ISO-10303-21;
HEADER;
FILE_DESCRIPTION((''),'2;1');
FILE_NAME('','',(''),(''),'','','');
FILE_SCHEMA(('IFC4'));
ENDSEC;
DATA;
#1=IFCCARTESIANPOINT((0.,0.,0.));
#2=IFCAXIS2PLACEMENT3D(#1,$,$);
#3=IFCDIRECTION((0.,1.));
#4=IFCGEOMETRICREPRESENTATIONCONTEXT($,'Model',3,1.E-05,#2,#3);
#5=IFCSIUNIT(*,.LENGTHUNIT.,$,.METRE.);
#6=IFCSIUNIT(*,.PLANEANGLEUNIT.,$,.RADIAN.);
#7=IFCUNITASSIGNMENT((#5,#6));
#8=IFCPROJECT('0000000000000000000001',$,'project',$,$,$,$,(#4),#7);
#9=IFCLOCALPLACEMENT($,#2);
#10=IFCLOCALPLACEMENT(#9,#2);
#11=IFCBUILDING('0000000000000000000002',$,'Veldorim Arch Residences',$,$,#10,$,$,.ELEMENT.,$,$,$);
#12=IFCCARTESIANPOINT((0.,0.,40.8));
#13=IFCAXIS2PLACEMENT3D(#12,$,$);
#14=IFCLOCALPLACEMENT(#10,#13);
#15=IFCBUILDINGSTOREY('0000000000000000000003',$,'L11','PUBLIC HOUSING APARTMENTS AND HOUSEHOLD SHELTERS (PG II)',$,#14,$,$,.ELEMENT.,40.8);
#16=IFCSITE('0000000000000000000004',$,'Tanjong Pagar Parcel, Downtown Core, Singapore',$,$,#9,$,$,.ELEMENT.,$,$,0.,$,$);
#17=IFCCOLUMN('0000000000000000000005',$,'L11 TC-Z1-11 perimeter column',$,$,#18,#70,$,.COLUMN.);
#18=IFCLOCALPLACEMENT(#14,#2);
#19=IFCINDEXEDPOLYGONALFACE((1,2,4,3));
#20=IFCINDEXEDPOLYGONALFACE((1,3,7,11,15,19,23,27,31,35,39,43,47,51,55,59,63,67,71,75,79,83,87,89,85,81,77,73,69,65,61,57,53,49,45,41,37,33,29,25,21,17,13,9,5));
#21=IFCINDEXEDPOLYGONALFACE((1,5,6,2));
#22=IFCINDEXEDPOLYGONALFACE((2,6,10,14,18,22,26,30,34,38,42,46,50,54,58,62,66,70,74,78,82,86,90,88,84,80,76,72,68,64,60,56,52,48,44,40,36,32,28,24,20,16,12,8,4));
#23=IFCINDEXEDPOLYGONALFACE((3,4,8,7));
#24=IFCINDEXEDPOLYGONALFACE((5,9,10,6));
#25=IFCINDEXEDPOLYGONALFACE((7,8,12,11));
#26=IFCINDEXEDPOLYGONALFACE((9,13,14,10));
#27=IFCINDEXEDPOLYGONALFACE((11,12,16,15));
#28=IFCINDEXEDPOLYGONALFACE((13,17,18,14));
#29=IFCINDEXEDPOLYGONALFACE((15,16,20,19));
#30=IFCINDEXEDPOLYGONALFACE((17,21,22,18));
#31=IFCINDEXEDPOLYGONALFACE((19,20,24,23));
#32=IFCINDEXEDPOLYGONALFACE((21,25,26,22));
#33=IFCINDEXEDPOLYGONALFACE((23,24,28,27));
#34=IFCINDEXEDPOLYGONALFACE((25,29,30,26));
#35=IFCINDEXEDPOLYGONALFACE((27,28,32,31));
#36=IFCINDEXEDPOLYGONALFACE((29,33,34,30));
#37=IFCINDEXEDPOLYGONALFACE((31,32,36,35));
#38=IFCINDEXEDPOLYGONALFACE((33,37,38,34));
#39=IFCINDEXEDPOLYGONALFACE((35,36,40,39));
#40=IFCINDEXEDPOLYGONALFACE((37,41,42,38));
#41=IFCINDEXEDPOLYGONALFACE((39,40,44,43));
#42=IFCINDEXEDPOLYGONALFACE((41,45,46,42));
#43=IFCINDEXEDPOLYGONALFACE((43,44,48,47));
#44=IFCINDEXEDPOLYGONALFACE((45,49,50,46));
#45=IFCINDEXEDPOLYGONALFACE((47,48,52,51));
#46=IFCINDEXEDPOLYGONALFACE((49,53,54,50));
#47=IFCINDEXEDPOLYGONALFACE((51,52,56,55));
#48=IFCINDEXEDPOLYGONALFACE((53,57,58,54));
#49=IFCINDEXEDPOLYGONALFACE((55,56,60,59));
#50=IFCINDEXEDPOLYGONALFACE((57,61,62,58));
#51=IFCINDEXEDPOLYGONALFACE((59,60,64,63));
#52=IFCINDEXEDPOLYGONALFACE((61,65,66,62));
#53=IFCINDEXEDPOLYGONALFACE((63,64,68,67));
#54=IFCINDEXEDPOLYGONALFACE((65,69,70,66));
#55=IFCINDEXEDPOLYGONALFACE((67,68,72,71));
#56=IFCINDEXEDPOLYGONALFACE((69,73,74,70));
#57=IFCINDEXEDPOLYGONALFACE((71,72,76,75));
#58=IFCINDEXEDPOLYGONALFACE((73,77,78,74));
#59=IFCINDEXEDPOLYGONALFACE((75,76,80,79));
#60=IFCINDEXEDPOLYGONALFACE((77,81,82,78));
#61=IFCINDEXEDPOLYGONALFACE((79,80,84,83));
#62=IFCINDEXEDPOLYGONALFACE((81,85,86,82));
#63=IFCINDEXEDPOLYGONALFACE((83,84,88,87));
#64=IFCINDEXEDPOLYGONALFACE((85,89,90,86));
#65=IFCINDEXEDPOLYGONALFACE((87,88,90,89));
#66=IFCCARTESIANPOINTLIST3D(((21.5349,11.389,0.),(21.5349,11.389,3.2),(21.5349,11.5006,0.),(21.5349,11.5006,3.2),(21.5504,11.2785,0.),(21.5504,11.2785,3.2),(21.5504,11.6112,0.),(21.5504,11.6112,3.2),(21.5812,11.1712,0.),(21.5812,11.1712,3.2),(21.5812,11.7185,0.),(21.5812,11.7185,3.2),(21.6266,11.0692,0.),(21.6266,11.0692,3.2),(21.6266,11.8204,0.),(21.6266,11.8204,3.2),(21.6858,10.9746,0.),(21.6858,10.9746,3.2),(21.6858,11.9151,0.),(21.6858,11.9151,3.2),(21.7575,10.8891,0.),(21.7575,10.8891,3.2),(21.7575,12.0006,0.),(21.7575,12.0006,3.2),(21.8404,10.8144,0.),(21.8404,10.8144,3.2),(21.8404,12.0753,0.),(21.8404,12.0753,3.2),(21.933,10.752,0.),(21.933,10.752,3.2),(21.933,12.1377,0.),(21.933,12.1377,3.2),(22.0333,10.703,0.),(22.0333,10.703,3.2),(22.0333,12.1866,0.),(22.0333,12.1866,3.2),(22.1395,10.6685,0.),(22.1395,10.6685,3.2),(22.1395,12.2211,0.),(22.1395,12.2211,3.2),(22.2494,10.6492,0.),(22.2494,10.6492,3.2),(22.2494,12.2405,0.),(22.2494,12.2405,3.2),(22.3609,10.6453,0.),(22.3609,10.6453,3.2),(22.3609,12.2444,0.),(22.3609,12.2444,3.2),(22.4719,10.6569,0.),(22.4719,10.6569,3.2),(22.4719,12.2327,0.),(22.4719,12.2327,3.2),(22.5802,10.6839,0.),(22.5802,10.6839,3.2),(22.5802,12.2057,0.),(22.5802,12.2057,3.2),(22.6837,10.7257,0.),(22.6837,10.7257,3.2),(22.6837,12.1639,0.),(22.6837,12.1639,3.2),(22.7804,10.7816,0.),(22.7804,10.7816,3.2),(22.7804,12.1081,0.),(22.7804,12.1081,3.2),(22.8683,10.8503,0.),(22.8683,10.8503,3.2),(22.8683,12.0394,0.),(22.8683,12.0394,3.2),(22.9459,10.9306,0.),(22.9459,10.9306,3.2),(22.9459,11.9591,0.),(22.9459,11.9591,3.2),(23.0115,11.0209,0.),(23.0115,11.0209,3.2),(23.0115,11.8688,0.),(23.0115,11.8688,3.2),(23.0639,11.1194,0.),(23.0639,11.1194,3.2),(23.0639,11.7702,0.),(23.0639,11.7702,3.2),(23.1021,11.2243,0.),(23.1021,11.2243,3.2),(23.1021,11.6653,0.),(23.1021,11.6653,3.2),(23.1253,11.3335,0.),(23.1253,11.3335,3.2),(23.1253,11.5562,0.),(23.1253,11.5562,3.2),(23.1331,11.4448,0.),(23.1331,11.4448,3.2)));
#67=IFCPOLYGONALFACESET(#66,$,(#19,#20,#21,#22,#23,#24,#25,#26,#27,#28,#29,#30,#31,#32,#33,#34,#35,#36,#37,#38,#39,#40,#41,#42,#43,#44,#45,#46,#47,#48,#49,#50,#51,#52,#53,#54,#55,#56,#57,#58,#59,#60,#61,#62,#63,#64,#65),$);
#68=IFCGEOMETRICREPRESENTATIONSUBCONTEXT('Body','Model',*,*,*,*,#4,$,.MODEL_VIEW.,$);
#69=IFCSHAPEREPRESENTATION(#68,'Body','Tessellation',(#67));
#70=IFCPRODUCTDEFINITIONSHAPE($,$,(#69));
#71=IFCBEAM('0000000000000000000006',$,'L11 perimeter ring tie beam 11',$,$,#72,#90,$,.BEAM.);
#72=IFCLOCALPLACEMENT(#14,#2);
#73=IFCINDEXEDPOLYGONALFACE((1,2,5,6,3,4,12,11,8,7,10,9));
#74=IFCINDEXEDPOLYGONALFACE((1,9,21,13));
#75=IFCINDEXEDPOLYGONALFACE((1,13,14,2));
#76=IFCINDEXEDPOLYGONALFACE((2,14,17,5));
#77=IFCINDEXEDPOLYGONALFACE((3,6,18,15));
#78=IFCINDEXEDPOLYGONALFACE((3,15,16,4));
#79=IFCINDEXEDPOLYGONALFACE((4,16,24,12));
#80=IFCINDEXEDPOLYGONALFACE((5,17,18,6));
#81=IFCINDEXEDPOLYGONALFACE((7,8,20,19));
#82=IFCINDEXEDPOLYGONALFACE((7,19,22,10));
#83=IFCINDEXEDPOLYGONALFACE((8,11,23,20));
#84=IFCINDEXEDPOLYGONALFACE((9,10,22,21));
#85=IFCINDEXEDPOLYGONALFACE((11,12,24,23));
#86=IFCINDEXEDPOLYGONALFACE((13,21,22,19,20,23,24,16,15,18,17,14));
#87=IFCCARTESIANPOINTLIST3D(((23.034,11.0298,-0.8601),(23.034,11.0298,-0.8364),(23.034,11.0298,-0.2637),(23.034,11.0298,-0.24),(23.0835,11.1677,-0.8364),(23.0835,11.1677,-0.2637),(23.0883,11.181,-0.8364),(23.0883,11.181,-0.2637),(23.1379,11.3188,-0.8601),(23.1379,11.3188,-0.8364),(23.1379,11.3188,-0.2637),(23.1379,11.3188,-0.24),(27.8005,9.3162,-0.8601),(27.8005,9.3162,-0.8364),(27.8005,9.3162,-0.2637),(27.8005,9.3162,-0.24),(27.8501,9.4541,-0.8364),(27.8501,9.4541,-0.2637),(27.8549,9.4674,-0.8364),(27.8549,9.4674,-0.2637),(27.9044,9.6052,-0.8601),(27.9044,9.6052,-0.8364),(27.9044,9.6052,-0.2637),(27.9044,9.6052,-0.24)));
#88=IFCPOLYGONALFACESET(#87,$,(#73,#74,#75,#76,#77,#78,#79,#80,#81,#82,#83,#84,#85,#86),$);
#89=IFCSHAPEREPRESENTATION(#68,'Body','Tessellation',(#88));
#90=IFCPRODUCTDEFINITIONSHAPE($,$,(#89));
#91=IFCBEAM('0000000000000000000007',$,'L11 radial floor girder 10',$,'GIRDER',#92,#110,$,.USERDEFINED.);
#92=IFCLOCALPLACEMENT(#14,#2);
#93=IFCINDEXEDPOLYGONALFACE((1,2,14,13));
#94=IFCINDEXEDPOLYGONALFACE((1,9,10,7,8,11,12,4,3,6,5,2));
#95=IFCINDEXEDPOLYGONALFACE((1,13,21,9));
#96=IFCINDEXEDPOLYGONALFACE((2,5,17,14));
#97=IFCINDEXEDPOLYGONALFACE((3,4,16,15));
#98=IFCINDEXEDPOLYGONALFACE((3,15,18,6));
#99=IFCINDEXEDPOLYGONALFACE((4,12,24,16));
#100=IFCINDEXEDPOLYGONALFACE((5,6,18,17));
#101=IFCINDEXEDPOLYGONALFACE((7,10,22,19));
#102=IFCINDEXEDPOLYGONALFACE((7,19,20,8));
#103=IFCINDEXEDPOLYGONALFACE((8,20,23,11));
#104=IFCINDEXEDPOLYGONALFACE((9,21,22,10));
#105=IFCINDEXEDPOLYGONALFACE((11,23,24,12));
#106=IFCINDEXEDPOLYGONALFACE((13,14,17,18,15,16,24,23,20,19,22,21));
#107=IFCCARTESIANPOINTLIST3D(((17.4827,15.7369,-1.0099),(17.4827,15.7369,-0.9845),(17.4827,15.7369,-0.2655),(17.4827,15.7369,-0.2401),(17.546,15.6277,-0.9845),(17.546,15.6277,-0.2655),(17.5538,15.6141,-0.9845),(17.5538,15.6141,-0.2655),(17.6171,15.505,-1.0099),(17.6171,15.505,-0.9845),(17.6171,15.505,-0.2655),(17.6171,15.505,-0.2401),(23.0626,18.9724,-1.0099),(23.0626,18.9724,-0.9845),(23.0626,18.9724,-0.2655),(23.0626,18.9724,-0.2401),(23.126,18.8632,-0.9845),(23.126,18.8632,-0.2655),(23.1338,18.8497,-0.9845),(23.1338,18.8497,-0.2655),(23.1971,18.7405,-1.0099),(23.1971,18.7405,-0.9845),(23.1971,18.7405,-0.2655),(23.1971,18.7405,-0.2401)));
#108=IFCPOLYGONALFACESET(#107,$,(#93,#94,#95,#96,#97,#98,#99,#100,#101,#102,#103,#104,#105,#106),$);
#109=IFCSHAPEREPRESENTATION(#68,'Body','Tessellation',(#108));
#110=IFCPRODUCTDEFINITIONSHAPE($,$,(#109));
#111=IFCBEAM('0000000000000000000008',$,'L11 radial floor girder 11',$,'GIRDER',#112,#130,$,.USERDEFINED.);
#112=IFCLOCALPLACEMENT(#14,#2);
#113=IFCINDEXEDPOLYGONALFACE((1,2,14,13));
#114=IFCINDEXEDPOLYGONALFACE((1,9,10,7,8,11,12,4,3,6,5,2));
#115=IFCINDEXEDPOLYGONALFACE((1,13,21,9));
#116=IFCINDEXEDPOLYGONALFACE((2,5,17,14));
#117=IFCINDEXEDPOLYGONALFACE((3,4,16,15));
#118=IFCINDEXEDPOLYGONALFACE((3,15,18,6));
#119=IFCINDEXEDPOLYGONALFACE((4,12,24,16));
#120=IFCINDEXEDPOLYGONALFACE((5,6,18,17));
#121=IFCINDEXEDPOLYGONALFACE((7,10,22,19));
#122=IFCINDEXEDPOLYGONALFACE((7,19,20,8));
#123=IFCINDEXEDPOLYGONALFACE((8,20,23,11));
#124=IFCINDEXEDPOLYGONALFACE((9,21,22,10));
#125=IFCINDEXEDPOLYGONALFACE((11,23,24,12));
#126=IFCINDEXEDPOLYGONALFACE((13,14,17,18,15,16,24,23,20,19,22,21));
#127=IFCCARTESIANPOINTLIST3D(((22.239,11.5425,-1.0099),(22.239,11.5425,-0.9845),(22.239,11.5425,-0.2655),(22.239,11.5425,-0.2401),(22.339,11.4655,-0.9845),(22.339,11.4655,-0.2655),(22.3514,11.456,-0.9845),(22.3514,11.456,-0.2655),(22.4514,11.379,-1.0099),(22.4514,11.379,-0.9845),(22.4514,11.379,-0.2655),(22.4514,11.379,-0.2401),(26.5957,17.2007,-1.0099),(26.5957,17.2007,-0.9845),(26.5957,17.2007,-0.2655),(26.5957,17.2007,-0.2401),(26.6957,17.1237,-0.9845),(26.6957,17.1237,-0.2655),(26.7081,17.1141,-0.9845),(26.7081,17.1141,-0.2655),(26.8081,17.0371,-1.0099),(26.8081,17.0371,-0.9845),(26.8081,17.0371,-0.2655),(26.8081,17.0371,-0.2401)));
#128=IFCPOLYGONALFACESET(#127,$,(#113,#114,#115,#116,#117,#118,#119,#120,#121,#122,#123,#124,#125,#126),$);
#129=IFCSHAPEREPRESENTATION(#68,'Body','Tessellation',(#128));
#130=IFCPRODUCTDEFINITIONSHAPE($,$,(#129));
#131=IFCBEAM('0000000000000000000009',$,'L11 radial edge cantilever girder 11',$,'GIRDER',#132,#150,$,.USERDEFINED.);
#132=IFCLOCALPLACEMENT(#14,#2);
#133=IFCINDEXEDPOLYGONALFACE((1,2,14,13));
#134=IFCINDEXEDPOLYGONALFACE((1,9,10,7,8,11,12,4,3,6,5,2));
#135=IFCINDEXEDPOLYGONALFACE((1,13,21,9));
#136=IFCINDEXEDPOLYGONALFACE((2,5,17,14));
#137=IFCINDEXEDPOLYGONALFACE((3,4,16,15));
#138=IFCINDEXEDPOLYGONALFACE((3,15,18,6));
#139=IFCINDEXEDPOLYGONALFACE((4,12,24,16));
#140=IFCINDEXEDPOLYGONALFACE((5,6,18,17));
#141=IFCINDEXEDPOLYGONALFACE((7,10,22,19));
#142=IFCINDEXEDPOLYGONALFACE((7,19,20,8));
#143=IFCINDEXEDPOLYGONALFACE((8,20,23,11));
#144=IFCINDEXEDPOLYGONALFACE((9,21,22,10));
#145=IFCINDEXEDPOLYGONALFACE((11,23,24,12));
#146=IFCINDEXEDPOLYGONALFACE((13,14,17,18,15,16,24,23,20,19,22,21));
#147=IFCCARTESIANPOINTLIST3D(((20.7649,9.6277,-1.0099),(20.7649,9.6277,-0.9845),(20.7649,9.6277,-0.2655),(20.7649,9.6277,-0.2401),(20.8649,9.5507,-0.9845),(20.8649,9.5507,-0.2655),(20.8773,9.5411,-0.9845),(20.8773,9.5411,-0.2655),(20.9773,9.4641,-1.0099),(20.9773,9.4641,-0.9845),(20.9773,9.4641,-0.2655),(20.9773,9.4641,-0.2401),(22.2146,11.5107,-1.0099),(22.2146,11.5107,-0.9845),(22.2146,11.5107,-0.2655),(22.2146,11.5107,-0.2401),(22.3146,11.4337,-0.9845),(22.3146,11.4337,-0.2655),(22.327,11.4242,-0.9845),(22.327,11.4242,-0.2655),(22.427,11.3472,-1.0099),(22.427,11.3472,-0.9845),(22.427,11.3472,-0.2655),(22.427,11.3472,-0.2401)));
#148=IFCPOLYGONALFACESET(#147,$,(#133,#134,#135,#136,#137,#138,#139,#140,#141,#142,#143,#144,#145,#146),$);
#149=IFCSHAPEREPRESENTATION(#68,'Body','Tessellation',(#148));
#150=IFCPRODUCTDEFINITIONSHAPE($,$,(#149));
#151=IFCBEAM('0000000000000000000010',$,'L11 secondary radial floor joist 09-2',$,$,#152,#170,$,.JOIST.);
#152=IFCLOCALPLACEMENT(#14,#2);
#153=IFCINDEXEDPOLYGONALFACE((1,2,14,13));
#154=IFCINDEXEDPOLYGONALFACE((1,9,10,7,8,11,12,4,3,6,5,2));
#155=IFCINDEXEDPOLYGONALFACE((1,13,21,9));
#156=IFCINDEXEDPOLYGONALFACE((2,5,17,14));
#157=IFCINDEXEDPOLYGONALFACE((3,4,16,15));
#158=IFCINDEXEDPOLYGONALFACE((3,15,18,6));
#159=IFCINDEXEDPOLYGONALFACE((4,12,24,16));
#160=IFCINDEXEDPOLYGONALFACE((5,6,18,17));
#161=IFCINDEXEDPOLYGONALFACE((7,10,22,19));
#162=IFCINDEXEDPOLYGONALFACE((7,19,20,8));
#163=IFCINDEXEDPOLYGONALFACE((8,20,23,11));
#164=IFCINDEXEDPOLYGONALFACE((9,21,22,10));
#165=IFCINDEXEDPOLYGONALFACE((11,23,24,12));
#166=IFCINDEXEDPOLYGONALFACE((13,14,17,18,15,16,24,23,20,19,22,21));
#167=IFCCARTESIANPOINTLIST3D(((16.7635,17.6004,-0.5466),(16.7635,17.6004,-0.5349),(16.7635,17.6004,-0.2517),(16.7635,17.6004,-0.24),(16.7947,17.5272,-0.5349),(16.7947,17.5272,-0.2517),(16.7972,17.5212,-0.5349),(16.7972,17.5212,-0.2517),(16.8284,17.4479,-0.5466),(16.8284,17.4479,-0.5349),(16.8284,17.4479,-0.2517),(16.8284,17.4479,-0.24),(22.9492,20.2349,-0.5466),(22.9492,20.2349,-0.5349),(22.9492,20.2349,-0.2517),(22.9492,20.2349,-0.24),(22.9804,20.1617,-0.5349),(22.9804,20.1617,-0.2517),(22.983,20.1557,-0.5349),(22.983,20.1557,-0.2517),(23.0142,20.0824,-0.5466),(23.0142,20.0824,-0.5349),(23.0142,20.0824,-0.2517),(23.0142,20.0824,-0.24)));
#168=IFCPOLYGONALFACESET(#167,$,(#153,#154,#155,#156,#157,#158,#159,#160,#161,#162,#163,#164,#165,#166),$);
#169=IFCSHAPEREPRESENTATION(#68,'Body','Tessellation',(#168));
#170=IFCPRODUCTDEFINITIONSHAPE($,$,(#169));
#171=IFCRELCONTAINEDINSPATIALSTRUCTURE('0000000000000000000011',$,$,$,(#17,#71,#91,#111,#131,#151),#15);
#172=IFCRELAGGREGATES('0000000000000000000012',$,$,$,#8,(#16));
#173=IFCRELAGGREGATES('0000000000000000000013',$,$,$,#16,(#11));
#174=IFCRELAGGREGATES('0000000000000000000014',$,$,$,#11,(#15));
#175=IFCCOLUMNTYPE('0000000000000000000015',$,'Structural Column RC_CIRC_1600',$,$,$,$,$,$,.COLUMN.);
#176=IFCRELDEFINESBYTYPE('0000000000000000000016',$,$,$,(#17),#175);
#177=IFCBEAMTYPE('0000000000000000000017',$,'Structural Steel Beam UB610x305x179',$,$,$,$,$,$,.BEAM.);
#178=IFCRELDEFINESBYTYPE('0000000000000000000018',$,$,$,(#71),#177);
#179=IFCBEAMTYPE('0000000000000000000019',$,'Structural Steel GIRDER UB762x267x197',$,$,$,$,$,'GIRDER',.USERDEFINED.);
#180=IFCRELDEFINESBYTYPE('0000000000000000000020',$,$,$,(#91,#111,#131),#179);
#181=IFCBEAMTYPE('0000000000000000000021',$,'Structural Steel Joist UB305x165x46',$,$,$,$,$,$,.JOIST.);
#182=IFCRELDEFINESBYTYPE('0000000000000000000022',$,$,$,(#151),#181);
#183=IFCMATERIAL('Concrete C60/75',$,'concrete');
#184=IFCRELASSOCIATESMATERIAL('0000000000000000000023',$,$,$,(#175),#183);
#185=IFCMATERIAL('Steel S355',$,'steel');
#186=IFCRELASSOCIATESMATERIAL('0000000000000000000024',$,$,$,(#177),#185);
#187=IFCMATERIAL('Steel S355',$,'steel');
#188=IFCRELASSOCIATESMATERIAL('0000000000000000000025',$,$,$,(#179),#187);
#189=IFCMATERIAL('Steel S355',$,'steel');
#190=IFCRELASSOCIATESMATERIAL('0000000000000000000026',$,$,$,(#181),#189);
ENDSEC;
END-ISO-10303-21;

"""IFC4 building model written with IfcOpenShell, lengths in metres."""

from ifc_helpers import new_model, si_unit, direction, frame, origin, origin_2d, place, context, subcontext, project, spatial, circle, i_section, extrude, material, material_profile, profile_set, type_object, element, save


model = new_model("IFC4")

# Units and contexts
model_context = context("Model", 3, precision=1e-05, world=origin(), true_north=direction((0.0, 1.0)))
body_context = subcontext(model_context, "Body", "Model", "MODEL_VIEW")
ifc_project = project(units=[si_unit("LENGTHUNIT", "METRE"), si_unit("PLANEANGLEUNIT", "RADIAN")], contexts=[model_context])

# Site, building, storey
site_placement = place(None, origin())
site = spatial("IfcSite", under=ifc_project, at=site_placement, Name="Tanjong Pagar Parcel, Downtown Core, Singapore", CompositionType="ELEMENT", RefElevation=0.0)
building_placement = place(site_placement, origin())
building = spatial("IfcBuilding", under=site, at=building_placement, Name="Veldorim Arch Residences", CompositionType="ELEMENT")
storey_placement = place(building_placement, frame((0.0, 0.0, 40.8)))
storey = spatial("IfcBuildingStorey", under=building, at=storey_placement, Name="L11", Description="PUBLIC HOUSING APARTMENTS AND HOUSEHOLD SHELTERS (PG II)", CompositionType="ELEMENT", Elevation=40.8)

# Column
ifc_material_1 = material(Name="Concrete C60/75", Category="concrete")
ifc_material_profile_1 = material_profile(ifc_material_1, circle(Radius=0.8, at=origin_2d()), Name="RC_CIRC_1600")
ifc_profile_set_1 = profile_set([ifc_material_profile_1], Name="Concrete C60/75")
column_type = type_object("IfcColumnType", Name="Structural Column RC_CIRC_1600", PredefinedType="COLUMN", material=ifc_profile_set_1)
column_placement = place(storey_placement, frame((22.333, 11.4448, 0.0), z_axis=(0.0, 0.0, 1.0), x_axis=(1.0, 0.0, 0.0)))
element("IfcColumn", 1, at=column_placement, inside=storey, type_object=column_type, Name="L11 TC-Z1-11 perimeter column", PredefinedType="COLUMN", context=body_context, shape_type="SweptSolid", body=[
    extrude(circle(Radius=0.8, at=origin_2d()), origin(), (0.0, 0.0, 1.0), 3.2),
])

# Beams
ifc_material_2 = material(Name="Steel S355", Category="steel")
ifc_material_profile_2 = material_profile(ifc_material_2, i_section(OverallWidth=0.3071, OverallDepth=0.6201, WebThickness=0.0142, FlangeThickness=0.0237, at=origin_2d()), Name="UB610x305x179")
ifc_profile_set_2 = profile_set([ifc_material_profile_2], Name="Steel S355")
beam_type_1 = type_object("IfcBeamType", Name="Structural Steel Beam UB610x305x179", PredefinedType="BEAM", material=ifc_profile_set_2)
beam_1_placement = place(storey_placement, frame((23.0859, 11.1743, -0.55), z_axis=(0.941035, -0.338308, 0.0), x_axis=(0.338308, 0.941035, 0.0)))
element("IfcBeam", 2, at=beam_1_placement, inside=storey, type_object=beam_type_1, Name="L11 perimeter ring tie beam 11", PredefinedType="BEAM", context=body_context, shape_type="SweptSolid", body=[
    extrude(i_section(OverallWidth=0.3071, OverallDepth=0.6201, WebThickness=0.0142, FlangeThickness=0.0237, at=origin_2d()), origin(), (0.0, 0.0, 1.0), 5.0652),
])
ifc_material_3 = material(Name="Steel S355", Category="steel")
ifc_material_profile_3 = material_profile(ifc_material_3, i_section(OverallWidth=0.2681, OverallDepth=0.7698, WebThickness=0.0156, FlangeThickness=0.0254, at=origin_2d()), Name="UB762x267x197")
ifc_profile_set_3 = profile_set([ifc_material_profile_3], Name="Steel S355")
beam_type_2 = type_object("IfcBeamType", Name="Structural Steel GIRDER UB762x267x197", ElementType="GIRDER", PredefinedType="USERDEFINED", material=ifc_profile_set_3)
beam_2_placement = place(storey_placement, frame((23.1299, 18.8564, -0.625), z_axis=(-0.865088, -0.50162, 0.0), x_axis=(0.50162, -0.865088, 0.0)))
element("IfcBeam", 3, at=beam_2_placement, inside=storey, type_object=beam_type_2, Name="L11 radial floor girder 10", ObjectType="GIRDER", PredefinedType="USERDEFINED", context=body_context, shape_type="SweptSolid", body=[
    extrude(i_section(OverallWidth=0.2681, OverallDepth=0.7698, WebThickness=0.0156, FlangeThickness=0.0254, at=origin_2d()), origin(), (0.0, 0.0, 1.0), 6.4502),
])
beam_3_placement = place(storey_placement, frame((26.7019, 17.1189, -0.625), z_axis=(-0.610082, -0.792338, 0.0), x_axis=(0.792338, -0.610082, 0.0)))
element("IfcBeam", 4, at=beam_3_placement, inside=storey, type_object=beam_type_2, Name="L11 radial floor girder 11", ObjectType="GIRDER", PredefinedType="USERDEFINED", context=body_context, shape_type="SweptSolid", body=[
    extrude(i_section(OverallWidth=0.2681, OverallDepth=0.7698, WebThickness=0.0156, FlangeThickness=0.0254, at=origin_2d()), origin(), (0.0, 0.0, 1.0), 7.1411),
])
beam_4_placement = place(storey_placement, frame((22.3208, 11.429, -0.625), z_axis=(-0.610028, -0.79238, 0.0), x_axis=(0.79238, -0.610028, 0.0)))
element("IfcBeam", 5, at=beam_4_placement, inside=storey, type_object=beam_type_2, Name="L11 radial edge cantilever girder 11", ObjectType="GIRDER", PredefinedType="USERDEFINED", context=body_context, shape_type="SweptSolid", body=[
    extrude(i_section(OverallWidth=0.2681, OverallDepth=0.7698, WebThickness=0.0156, FlangeThickness=0.0254, at=origin_2d()), origin(), (0.0, 0.0, 1.0), 2.3765),
])
ifc_material_4 = material(Name="Steel S355", Category="steel")
ifc_material_profile_4 = material_profile(ifc_material_4, i_section(OverallWidth=0.1658, OverallDepth=0.3066, WebThickness=0.0066, FlangeThickness=0.0117, at=origin_2d()), Name="UB305x165x46")
ifc_profile_set_4 = profile_set([ifc_material_profile_4], Name="Steel S355")
beam_type_3 = type_object("IfcBeamType", Name="Structural Steel Joist UB305x165x46", PredefinedType="JOIST", material=ifc_profile_set_4)
beam_5_placement = place(storey_placement, frame((22.9817, 20.1587, -0.3933), z_axis=(-0.920033, -0.391841, 0.0), x_axis=(0.391841, -0.920033, 0.0)))
element("IfcBeam", 6, at=beam_5_placement, inside=storey, type_object=beam_type_3, Name="L11 secondary radial floor joist 09-2", PredefinedType="JOIST", context=body_context, shape_type="SweptSolid", body=[
    extrude(i_section(OverallWidth=0.1658, OverallDepth=0.3066, WebThickness=0.0066, FlangeThickness=0.0117, at=origin_2d()), origin(), (0.0, 0.0, 1.0), 6.7234),
])

save(model, "model.ifc")
